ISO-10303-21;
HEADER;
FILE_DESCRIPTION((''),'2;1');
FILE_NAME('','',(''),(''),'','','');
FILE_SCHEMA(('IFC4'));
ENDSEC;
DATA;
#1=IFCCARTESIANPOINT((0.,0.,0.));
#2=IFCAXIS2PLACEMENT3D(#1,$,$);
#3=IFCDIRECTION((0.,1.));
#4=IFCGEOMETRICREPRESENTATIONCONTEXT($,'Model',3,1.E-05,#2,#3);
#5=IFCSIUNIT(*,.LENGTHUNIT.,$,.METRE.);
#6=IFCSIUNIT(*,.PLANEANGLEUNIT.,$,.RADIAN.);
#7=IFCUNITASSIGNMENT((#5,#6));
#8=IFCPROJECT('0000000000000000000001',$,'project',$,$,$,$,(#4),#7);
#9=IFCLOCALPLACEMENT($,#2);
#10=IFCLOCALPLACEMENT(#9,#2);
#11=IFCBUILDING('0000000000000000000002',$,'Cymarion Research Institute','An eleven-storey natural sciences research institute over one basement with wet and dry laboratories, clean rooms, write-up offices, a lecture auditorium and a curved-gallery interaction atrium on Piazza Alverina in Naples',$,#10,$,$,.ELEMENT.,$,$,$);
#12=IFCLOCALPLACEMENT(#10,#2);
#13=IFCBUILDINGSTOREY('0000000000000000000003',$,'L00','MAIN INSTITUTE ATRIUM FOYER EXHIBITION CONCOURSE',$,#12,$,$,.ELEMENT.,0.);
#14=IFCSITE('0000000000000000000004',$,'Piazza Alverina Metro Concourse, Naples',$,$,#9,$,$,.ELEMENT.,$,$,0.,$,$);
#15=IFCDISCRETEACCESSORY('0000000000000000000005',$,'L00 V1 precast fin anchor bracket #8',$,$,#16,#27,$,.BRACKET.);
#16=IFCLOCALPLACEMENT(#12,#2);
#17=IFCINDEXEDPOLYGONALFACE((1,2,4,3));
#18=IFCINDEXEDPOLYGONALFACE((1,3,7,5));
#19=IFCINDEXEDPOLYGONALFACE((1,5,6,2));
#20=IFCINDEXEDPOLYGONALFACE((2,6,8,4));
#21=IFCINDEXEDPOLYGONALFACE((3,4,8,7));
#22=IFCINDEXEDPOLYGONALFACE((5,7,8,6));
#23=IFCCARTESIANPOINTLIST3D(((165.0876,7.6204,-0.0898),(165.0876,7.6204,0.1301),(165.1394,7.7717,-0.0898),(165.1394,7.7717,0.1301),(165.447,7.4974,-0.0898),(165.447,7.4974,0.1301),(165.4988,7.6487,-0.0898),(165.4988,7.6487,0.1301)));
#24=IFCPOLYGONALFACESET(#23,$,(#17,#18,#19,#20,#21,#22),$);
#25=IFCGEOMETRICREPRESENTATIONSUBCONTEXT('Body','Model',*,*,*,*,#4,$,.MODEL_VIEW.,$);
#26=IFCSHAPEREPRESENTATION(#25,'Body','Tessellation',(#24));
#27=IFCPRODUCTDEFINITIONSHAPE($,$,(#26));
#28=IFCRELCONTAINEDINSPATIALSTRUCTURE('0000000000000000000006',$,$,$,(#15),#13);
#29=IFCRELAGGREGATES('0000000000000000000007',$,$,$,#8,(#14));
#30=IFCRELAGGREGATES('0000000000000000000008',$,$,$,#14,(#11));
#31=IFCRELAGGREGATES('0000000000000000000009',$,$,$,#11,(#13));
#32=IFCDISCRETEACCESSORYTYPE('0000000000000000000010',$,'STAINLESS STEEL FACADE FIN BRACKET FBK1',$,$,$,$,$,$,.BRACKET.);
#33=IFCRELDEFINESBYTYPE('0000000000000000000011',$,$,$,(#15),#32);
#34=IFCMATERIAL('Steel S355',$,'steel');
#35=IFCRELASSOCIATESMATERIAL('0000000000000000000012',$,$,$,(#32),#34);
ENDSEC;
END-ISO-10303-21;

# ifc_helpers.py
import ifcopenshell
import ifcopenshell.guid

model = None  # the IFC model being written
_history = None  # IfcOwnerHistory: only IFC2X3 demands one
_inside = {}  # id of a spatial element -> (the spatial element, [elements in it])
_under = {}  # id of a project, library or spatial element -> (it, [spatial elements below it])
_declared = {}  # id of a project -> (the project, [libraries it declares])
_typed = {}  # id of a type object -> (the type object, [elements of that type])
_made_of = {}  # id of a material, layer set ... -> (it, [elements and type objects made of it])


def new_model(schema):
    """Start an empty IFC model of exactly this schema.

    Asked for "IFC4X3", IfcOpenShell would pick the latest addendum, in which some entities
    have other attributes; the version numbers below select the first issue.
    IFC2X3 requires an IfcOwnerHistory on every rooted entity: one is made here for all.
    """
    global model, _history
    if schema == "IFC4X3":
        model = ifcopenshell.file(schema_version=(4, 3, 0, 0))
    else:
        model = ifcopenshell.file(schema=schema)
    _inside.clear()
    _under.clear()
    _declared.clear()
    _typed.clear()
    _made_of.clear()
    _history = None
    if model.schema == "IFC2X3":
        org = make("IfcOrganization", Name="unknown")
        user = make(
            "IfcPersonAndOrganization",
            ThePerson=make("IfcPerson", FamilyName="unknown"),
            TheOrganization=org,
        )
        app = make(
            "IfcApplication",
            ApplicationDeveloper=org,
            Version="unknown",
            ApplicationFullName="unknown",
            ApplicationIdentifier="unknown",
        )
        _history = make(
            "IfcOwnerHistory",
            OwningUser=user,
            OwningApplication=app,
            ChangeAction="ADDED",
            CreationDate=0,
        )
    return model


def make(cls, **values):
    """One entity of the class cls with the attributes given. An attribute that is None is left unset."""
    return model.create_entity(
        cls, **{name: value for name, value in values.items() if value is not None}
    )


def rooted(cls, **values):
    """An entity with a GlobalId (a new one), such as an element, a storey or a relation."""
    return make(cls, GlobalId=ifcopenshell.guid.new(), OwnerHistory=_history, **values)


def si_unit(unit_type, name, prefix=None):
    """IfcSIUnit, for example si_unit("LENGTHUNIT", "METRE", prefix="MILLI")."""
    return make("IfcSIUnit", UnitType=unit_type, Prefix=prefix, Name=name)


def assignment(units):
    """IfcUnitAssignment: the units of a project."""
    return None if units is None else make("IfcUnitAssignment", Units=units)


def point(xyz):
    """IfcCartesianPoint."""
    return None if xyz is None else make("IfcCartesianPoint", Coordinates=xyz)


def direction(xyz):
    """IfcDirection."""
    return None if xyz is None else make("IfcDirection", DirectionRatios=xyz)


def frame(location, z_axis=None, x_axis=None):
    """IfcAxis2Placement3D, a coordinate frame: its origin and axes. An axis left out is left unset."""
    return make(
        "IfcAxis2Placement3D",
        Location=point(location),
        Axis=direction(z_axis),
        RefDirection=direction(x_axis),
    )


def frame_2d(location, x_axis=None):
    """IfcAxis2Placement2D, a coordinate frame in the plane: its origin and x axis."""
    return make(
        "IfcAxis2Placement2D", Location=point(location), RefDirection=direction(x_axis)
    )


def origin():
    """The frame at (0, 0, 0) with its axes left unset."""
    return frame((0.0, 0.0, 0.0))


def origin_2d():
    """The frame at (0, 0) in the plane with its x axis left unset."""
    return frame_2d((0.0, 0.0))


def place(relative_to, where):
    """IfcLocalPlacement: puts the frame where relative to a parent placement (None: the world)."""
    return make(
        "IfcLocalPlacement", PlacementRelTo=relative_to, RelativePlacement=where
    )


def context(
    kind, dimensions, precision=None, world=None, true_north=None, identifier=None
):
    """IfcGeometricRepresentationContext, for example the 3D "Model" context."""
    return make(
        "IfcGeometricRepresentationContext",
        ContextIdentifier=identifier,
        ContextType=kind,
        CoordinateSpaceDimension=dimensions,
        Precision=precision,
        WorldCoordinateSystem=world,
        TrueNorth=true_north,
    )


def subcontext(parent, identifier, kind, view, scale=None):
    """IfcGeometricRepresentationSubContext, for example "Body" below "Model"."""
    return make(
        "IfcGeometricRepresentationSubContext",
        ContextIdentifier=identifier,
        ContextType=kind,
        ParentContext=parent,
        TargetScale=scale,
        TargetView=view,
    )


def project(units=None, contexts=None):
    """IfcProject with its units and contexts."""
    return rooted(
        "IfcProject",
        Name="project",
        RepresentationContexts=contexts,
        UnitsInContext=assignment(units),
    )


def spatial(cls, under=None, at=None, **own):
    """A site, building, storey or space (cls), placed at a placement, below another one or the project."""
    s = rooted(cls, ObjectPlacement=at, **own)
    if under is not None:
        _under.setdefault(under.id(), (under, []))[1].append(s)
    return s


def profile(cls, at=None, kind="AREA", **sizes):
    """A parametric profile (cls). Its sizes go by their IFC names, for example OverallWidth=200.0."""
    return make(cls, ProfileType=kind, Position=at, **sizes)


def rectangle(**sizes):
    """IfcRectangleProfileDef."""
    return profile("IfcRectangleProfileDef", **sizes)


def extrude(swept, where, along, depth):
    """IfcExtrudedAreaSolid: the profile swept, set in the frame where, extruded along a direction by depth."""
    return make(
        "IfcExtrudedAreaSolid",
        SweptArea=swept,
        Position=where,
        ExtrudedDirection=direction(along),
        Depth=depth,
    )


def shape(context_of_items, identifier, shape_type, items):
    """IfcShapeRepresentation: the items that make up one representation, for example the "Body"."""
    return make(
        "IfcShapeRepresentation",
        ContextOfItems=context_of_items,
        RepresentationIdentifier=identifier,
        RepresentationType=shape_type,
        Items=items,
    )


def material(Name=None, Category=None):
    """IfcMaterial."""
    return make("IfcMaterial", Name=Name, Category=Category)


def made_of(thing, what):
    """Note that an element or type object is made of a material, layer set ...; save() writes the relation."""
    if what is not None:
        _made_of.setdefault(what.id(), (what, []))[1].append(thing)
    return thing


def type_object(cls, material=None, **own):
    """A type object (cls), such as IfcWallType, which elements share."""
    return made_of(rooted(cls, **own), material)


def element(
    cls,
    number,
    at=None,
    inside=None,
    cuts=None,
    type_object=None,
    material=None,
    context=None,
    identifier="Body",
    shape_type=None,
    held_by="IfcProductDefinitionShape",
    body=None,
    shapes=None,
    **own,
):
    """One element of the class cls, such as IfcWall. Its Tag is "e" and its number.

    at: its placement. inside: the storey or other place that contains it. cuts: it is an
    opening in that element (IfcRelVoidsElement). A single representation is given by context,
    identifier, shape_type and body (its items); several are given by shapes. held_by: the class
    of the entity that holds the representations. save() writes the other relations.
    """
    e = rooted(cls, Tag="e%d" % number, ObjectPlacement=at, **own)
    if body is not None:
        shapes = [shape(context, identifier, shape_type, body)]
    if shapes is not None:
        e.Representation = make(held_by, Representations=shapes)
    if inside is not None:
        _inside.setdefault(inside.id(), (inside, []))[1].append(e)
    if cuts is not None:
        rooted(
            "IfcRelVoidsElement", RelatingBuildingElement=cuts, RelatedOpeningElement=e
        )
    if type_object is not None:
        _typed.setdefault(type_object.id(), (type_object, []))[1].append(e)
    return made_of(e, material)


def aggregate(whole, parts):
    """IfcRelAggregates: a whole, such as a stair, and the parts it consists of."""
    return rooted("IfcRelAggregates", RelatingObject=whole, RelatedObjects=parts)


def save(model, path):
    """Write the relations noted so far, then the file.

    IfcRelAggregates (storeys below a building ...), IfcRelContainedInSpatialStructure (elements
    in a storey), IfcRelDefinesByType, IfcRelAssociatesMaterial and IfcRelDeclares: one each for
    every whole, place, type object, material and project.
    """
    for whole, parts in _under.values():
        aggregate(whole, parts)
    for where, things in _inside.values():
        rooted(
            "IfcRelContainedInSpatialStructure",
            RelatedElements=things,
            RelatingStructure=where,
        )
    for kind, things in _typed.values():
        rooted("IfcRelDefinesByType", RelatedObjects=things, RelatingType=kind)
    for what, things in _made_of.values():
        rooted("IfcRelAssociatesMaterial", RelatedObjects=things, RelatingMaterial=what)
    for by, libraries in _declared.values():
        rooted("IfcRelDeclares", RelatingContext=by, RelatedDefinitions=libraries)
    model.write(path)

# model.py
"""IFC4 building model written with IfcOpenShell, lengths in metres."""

from ifc_helpers import new_model, si_unit, direction, frame, origin, origin_2d, place, context, subcontext, project, spatial, rectangle, extrude, material, type_object, element, save


model = new_model("IFC4")

# Units and contexts
model_context = context("Model", 3, precision=1e-05, world=origin(), true_north=direction((0.0, 1.0)))
body_context = subcontext(model_context, "Body", "Model", "MODEL_VIEW")
ifc_project = project(units=[si_unit("LENGTHUNIT", "METRE"), si_unit("PLANEANGLEUNIT", "RADIAN")], contexts=[model_context])

# Site, building, storey
site_placement = place(None, origin())
site = spatial("IfcSite", under=ifc_project, at=site_placement, Name="Piazza Alverina Metro Concourse, Naples", CompositionType="ELEMENT", RefElevation=0.0)
building_placement = place(site_placement, origin())
building = spatial("IfcBuilding", under=site, at=building_placement, Name="Cymarion Research Institute", Description="An eleven-storey natural sciences research institute over one basement with wet and dry laboratories, clean rooms, write-up offices, a lecture auditorium and a curved-gallery interaction atrium on Piazza Alverina in Naples", CompositionType="ELEMENT")
storey_placement = place(building_placement, origin())
storey = spatial("IfcBuildingStorey", under=building, at=storey_placement, Name="L00", Description="MAIN INSTITUTE ATRIUM FOYER EXHIBITION CONCOURSE", CompositionType="ELEMENT", Elevation=0.0)

# Shared definitions
ifc_material_1 = material(Name="Steel S355", Category="steel")

# Discrete accessory
discrete_accessory_type = type_object("IfcDiscreteAccessoryType", Name="STAINLESS STEEL FACADE FIN BRACKET FBK1", PredefinedType="BRACKET", material=ifc_material_1)
for number, where, z_axis, x_axis, name in (
    (1, (165.2932, 7.6345, -0.0898), (0.0, 0.0, 1.0), (0.946142, -0.323752, 0.0), "L00 V1 precast fin anchor bracket #8"),
):
    element("IfcDiscreteAccessory", number, at=place(storey_placement, frame(where, z_axis=z_axis, x_axis=x_axis)), inside=storey, type_object=discrete_accessory_type, Name=name, PredefinedType="BRACKET", context=body_context, shape_type="SweptSolid", body=[
        extrude(rectangle(XDim=0.3799, YDim=0.1599, at=origin_2d()), origin(), (0.0, 0.0, 1.0), 0.22),
    ])

save(model, "model.ifc")
